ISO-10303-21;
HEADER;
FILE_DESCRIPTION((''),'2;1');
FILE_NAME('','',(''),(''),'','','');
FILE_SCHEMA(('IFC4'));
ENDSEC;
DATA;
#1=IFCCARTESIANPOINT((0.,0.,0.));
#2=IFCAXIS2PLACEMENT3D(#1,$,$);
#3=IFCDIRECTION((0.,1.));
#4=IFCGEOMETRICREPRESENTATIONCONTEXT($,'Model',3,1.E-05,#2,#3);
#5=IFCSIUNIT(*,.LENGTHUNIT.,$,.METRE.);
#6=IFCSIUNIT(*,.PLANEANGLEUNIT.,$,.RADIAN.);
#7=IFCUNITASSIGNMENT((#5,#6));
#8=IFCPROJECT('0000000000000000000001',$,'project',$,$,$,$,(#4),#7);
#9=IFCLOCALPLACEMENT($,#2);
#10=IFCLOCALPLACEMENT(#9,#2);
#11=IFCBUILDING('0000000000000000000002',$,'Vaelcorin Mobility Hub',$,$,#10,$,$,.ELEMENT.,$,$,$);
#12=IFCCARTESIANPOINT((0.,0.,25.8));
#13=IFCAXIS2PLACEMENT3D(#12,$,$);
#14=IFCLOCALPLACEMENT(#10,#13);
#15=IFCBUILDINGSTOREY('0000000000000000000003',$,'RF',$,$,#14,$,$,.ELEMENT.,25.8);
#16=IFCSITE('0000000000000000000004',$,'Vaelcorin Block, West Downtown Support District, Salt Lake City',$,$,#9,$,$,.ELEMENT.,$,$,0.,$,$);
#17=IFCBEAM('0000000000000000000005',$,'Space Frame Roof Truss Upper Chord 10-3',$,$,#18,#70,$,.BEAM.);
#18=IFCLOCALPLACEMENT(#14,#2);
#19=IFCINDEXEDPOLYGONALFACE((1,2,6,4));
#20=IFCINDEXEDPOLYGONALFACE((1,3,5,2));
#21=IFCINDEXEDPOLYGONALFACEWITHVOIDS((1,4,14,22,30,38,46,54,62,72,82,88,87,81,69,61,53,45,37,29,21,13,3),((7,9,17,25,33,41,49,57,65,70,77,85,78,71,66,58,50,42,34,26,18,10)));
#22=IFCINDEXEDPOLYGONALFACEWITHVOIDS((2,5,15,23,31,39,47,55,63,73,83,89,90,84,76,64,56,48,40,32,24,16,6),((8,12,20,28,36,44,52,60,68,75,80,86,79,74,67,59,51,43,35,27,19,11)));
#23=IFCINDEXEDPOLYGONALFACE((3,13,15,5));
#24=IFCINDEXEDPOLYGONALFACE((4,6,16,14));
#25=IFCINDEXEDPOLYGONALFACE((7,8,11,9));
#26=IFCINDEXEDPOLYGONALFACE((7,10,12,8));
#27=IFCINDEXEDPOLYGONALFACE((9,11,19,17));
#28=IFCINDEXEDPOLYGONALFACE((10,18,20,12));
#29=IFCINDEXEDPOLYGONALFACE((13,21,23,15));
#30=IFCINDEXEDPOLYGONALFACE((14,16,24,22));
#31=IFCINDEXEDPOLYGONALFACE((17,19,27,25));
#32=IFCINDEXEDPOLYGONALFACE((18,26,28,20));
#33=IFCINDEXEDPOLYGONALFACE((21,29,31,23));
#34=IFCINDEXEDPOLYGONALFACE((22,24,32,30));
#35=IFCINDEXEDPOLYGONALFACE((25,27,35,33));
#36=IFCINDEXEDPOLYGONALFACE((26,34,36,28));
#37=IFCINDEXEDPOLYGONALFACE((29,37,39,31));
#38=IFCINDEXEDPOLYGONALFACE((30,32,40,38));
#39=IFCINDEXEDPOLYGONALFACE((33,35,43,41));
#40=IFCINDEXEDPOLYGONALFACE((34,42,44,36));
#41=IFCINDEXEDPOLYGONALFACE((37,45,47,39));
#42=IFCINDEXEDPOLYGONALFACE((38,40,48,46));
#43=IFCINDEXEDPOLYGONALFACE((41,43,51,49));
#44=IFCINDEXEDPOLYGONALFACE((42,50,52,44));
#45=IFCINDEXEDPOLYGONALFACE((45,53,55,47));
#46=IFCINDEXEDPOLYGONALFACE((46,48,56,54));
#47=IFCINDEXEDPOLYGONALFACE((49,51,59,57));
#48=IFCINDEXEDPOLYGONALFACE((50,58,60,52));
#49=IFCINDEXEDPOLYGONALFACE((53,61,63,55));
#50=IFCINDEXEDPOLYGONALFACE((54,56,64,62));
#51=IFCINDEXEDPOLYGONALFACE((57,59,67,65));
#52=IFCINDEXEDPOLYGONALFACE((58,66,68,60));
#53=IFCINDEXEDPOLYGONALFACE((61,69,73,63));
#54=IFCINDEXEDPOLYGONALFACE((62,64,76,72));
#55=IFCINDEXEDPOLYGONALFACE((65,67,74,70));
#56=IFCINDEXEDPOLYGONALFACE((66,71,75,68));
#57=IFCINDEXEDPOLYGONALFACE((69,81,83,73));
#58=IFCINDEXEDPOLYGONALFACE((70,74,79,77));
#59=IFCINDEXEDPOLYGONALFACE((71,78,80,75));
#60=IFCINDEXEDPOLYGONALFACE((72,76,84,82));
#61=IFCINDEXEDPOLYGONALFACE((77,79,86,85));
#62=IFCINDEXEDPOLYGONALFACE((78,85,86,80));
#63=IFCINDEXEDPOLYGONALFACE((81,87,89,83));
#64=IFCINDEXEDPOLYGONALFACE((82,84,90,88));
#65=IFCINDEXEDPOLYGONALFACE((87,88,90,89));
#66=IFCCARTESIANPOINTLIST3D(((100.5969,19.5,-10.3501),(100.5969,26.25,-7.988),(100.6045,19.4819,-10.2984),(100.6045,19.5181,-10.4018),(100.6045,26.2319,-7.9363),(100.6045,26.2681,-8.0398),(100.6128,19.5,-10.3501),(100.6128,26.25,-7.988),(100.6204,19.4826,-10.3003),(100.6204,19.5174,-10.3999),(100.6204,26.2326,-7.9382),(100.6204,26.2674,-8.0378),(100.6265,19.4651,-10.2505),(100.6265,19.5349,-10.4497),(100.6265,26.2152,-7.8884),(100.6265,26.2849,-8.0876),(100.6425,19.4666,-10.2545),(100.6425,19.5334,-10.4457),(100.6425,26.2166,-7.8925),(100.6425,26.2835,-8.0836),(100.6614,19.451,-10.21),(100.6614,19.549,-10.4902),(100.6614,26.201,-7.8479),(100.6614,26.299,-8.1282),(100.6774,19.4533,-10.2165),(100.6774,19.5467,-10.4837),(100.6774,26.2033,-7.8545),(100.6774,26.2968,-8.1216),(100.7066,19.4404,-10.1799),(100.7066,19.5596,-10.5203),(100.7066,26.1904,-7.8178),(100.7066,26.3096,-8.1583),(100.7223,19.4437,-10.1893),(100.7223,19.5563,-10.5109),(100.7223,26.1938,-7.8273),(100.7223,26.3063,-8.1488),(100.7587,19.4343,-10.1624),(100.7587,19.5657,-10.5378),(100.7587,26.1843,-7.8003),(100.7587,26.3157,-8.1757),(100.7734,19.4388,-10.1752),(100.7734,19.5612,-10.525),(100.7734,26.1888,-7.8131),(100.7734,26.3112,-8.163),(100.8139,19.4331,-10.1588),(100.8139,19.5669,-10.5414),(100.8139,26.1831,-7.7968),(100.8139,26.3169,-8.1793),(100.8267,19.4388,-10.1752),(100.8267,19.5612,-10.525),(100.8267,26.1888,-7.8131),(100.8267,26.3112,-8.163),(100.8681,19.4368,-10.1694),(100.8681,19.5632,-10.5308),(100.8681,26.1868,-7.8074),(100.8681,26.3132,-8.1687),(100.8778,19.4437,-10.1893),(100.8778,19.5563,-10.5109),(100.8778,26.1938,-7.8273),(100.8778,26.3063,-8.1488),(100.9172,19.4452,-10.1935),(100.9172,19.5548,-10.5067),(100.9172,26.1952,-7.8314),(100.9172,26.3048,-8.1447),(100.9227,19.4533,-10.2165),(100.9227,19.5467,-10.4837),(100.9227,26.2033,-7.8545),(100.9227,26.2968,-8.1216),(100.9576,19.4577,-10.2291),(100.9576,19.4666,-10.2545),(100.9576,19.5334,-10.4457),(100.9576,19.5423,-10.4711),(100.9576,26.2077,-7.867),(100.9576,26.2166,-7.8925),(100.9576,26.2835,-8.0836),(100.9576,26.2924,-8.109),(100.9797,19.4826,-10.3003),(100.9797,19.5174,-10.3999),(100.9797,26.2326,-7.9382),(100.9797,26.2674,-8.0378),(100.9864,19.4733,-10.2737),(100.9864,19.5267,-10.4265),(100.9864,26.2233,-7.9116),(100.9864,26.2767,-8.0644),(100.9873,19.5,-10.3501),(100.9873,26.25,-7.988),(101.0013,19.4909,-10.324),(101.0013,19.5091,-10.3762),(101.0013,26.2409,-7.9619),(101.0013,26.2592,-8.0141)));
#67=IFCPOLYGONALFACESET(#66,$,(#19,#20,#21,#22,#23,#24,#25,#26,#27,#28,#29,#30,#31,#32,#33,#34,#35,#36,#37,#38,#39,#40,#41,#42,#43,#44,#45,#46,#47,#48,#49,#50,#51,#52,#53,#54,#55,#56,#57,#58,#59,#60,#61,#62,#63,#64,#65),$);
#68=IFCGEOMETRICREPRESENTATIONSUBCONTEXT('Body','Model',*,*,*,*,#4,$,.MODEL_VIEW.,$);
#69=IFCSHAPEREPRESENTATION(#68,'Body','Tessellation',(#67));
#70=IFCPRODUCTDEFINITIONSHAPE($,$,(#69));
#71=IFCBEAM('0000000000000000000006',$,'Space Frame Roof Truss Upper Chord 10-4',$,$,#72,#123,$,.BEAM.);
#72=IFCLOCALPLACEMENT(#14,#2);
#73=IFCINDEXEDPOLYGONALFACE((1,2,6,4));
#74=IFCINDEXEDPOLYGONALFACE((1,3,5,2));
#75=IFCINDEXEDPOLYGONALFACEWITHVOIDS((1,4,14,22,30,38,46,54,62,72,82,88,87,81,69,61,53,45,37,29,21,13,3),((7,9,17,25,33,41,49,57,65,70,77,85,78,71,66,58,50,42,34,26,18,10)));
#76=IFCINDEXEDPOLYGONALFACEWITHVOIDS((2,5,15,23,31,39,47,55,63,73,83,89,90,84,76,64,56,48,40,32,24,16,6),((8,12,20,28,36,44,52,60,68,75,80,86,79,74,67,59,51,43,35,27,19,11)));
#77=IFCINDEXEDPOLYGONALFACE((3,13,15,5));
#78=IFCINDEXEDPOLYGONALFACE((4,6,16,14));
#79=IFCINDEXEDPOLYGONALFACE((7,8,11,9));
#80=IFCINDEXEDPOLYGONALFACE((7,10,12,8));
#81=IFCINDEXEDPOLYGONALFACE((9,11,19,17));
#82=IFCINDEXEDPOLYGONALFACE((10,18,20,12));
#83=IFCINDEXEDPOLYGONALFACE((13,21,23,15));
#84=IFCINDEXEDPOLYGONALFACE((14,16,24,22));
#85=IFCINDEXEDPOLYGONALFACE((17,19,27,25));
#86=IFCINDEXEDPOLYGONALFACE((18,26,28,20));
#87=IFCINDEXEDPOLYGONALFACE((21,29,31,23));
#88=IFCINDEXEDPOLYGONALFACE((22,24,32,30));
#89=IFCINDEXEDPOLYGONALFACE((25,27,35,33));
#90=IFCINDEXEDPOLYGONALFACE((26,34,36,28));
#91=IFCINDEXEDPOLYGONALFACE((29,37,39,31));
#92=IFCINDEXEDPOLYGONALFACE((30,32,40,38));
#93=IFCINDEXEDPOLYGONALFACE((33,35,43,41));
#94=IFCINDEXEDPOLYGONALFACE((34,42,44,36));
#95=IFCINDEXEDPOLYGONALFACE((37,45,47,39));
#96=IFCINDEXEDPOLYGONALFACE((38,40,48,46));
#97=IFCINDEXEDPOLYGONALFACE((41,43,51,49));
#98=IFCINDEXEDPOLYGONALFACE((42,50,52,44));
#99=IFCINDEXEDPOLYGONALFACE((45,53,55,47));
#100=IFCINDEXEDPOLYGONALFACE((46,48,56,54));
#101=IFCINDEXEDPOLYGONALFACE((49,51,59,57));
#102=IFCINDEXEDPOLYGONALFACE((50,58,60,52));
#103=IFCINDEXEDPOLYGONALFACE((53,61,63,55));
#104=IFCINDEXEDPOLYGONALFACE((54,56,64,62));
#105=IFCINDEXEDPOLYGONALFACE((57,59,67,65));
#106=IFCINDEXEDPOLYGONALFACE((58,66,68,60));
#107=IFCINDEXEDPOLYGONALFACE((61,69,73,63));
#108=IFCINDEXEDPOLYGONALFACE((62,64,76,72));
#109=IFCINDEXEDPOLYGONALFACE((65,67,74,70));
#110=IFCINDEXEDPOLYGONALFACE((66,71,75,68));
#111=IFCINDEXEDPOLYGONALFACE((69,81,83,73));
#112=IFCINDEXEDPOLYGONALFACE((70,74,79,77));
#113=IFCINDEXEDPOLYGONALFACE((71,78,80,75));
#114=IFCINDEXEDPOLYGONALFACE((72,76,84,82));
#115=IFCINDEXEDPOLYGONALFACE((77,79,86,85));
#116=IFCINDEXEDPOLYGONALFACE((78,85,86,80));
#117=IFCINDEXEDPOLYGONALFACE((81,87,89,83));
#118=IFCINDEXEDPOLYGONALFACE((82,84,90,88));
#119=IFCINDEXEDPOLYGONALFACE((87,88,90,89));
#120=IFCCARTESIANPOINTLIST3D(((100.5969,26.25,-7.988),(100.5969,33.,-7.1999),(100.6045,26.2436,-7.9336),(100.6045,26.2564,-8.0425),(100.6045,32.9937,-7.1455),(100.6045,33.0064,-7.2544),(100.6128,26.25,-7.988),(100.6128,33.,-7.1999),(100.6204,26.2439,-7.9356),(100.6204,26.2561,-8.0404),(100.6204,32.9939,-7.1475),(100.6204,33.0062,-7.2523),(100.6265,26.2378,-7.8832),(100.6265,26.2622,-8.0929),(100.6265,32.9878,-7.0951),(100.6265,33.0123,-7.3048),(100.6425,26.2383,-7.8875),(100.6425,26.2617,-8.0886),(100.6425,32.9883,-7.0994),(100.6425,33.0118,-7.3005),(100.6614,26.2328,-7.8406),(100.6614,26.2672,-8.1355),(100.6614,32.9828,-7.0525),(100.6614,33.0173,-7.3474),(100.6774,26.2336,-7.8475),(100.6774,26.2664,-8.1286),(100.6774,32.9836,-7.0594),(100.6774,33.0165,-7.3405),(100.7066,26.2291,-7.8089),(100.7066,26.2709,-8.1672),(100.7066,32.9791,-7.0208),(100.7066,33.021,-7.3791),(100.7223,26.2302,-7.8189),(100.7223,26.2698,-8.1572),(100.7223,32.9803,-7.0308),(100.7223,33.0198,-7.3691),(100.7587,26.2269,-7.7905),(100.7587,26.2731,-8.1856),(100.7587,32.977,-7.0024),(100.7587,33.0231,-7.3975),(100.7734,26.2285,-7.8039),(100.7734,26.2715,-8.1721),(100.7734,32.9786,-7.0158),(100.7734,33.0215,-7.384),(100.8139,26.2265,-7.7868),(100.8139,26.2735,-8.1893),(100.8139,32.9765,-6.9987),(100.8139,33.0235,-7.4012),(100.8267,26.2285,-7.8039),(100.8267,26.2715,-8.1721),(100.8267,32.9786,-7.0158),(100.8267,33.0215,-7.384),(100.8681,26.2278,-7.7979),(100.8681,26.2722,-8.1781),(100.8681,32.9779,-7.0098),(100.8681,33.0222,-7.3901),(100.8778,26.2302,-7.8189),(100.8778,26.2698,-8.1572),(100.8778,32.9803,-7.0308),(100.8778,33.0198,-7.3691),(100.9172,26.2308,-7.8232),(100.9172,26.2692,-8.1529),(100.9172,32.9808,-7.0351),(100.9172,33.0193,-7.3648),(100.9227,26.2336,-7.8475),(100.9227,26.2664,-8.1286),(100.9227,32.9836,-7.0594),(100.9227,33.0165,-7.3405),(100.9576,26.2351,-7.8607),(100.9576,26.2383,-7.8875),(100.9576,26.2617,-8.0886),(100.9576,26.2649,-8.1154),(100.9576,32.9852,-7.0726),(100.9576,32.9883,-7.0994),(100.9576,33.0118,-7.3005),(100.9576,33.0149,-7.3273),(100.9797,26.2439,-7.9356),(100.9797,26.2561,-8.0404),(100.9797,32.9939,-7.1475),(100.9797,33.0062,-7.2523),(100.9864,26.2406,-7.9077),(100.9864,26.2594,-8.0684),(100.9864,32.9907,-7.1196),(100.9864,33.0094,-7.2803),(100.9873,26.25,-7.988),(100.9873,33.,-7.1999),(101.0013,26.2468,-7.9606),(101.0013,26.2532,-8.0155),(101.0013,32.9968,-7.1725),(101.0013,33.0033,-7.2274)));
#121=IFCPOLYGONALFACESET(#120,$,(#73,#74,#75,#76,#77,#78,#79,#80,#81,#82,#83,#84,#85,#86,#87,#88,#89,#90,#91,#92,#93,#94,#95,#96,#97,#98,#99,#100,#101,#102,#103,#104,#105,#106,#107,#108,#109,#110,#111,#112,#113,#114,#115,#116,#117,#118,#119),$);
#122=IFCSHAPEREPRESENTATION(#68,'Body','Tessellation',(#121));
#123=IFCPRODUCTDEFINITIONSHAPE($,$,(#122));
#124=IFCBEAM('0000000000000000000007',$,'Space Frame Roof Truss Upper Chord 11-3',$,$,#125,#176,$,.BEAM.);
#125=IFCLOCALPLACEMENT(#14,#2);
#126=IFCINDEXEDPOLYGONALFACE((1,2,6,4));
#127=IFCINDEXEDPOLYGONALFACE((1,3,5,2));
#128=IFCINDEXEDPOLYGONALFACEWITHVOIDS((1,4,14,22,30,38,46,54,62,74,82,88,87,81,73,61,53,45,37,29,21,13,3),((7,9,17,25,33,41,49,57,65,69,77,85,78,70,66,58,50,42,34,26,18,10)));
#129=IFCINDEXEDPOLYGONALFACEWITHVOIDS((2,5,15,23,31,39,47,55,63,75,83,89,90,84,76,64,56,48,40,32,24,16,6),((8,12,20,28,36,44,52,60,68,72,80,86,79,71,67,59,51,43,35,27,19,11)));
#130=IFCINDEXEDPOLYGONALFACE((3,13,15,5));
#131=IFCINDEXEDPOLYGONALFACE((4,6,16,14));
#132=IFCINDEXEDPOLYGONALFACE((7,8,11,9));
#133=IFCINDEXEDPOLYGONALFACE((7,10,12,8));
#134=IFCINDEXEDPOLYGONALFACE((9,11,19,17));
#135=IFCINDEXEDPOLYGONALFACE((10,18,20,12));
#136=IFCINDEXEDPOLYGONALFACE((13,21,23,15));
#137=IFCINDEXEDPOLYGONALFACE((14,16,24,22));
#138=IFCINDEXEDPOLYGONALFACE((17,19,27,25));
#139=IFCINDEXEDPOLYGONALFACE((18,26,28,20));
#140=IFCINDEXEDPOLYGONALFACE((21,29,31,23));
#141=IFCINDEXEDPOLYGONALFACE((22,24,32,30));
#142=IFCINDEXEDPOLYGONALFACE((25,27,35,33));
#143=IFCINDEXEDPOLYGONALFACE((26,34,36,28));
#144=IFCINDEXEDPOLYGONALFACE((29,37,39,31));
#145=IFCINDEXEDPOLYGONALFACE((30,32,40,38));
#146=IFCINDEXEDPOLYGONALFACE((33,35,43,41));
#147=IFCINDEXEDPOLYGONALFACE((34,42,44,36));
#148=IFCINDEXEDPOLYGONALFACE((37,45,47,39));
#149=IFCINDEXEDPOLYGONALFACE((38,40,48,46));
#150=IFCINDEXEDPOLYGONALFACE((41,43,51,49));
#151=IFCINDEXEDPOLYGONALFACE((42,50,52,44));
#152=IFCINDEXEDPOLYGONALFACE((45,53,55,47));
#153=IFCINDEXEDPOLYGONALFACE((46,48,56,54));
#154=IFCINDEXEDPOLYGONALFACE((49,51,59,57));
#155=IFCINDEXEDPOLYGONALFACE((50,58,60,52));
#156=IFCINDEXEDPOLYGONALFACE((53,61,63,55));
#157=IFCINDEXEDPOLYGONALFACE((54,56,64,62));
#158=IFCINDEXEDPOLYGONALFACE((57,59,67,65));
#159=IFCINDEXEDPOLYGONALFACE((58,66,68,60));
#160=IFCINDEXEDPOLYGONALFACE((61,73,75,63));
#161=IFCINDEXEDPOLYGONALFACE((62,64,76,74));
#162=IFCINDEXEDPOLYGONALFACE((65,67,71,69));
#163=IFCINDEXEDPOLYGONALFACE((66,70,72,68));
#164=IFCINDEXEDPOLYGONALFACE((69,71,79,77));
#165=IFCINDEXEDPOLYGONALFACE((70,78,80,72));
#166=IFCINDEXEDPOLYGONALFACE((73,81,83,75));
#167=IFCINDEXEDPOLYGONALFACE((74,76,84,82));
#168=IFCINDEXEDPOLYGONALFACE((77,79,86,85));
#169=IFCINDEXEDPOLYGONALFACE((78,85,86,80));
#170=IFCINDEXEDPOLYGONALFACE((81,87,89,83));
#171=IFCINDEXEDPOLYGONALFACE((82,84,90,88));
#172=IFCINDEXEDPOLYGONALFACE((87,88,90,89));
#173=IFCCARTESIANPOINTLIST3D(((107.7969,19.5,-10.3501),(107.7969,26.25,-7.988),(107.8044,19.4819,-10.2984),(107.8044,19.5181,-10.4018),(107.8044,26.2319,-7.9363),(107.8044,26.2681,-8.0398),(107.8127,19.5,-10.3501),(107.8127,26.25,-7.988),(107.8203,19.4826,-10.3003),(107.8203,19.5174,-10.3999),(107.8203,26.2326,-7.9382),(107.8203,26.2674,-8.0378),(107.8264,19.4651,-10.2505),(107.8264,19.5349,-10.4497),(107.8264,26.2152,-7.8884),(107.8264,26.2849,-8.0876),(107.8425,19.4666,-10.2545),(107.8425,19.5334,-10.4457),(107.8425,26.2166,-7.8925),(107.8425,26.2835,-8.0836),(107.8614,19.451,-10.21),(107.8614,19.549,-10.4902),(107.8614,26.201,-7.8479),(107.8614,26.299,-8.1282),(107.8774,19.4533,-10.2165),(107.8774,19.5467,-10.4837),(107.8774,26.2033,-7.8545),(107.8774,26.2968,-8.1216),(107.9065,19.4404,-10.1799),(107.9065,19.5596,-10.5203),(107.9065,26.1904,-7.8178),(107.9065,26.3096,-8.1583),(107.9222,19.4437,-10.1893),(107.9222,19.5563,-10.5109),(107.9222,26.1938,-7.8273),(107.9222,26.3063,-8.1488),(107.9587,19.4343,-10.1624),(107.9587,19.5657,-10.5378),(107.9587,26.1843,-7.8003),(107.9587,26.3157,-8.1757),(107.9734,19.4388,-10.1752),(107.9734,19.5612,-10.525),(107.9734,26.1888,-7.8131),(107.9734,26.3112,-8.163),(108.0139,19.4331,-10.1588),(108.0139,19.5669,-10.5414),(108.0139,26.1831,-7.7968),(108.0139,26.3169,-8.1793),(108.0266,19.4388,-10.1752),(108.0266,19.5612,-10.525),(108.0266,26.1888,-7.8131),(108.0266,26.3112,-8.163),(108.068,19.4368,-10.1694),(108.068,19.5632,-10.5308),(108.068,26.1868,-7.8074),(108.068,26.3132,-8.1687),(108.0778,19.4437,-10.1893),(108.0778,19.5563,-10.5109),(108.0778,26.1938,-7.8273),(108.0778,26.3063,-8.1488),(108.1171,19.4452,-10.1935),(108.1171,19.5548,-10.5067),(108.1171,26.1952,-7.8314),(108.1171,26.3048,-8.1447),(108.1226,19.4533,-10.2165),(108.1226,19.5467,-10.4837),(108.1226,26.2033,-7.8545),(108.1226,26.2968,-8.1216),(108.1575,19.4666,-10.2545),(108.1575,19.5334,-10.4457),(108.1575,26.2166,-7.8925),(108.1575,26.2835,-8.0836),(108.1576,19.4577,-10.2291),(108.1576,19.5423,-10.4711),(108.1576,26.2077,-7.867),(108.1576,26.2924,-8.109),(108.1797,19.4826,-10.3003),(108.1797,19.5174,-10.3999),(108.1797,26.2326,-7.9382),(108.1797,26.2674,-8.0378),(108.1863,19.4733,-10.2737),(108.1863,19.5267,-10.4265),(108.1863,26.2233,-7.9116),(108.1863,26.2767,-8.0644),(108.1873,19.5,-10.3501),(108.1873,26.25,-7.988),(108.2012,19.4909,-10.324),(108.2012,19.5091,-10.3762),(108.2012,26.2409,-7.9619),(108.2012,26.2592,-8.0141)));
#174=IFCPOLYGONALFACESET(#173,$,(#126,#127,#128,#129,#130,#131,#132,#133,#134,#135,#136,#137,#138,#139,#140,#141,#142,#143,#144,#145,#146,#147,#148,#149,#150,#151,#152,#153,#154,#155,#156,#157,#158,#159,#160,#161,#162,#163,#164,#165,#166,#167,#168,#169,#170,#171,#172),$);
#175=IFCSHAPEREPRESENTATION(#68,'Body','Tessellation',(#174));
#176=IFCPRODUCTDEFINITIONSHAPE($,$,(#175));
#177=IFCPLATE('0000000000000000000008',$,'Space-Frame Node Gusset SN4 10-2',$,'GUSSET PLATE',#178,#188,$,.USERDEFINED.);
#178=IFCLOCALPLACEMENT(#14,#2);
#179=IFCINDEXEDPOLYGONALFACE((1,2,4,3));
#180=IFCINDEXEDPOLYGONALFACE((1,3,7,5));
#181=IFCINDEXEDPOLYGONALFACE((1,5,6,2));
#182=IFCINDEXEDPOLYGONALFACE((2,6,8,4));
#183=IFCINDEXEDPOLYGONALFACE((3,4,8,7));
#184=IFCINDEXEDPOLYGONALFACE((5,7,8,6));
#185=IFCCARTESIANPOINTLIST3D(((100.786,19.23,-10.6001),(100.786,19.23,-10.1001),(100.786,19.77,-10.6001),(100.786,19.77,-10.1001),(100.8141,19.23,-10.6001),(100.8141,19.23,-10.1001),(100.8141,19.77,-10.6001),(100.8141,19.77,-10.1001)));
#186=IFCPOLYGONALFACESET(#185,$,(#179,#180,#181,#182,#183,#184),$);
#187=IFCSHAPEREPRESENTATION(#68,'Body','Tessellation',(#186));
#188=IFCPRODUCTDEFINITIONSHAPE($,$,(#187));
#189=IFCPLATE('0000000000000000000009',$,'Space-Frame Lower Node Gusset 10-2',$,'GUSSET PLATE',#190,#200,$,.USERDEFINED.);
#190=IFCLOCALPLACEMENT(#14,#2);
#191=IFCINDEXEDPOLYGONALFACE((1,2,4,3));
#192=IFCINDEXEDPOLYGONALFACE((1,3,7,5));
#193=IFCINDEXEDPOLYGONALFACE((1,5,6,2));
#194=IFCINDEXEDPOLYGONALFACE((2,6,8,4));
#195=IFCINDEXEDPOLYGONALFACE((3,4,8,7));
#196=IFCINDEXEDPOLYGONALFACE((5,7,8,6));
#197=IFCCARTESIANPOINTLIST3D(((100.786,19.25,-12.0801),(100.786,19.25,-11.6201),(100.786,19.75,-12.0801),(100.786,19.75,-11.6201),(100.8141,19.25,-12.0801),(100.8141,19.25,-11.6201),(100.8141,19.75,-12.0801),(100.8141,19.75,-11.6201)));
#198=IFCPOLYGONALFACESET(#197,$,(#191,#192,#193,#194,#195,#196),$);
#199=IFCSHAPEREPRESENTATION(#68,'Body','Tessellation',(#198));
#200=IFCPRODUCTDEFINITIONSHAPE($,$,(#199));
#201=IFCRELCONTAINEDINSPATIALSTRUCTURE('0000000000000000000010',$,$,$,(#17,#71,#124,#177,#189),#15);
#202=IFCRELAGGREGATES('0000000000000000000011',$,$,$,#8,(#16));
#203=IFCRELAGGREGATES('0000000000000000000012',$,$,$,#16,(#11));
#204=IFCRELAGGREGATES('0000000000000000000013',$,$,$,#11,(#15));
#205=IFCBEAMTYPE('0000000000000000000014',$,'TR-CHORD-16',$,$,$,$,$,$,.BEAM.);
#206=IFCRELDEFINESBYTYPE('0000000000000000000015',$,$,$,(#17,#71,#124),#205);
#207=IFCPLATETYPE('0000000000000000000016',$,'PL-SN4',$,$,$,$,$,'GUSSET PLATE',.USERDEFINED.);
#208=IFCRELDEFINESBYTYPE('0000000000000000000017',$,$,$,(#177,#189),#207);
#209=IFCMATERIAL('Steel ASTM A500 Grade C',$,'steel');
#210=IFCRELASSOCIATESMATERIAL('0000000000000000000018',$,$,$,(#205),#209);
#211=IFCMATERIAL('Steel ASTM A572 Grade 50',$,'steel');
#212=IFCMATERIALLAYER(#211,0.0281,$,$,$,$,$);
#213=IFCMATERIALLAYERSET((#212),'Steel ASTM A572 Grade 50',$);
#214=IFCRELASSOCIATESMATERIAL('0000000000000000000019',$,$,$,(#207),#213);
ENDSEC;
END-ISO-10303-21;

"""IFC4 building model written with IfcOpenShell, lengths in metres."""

from ifc_helpers import new_model, si_unit, direction, frame, origin, origin_2d, place, context, subcontext, project, spatial, rectangle, hollow_circle, extrude, material, layer, layer_set, material_profile, profile_set, type_object, element, save


model = new_model("IFC4")

# Units and contexts
model_context = context("Model", 3, precision=1e-05, world=origin(), true_north=direction((0.0, 1.0)))
body_context = subcontext(model_context, "Body", "Model", "MODEL_VIEW")
ifc_project = project(units=[si_unit("LENGTHUNIT", "METRE"), si_unit("PLANEANGLEUNIT", "RADIAN")], contexts=[model_context])

# Site, building, storey
site_placement = place(None, origin())
site = spatial("IfcSite", under=ifc_project, at=site_placement, Name="Vaelcorin Block, West Downtown Support District, Salt Lake City", CompositionType="ELEMENT", RefElevation=0.0)
building_placement = place(site_placement, origin())
building = spatial("IfcBuilding", under=site, at=building_placement, Name="Vaelcorin Mobility Hub", CompositionType="ELEMENT")
storey_placement = place(building_placement, frame((0.0, 0.0, 25.8)))
storey = spatial("IfcBuildingStorey", under=building, at=storey_placement, Name="RF", CompositionType="ELEMENT", Elevation=25.8)

# Shared definitions
ifc_material_1 = material(Name="Steel ASTM A500 Grade C", Category="steel")

# Beams
ifc_material_profile_1 = material_profile(ifc_material_1, hollow_circle(Radius=0.2031, WallThickness=0.0159, at=origin_2d()), Name="HSS16.000X0.625")
ifc_profile_set_1 = profile_set([ifc_material_profile_1], Name="Steel ASTM A500 Grade C")
beam_type = type_object("IfcBeamType", Name="TR-CHORD-16", PredefinedType="BEAM", material=ifc_profile_set_1)
beam_1_placement = place(storey_placement, frame((100.8, 19.5, -10.3501), z_axis=(0.0, 0.943878, 0.330296), x_axis=(-1.0, 0.0, 0.0)))
element("IfcBeam", 1, at=beam_1_placement, inside=storey, type_object=beam_type, Name="Space Frame Roof Truss Upper Chord 10-3", PredefinedType="BEAM", context=body_context, shape_type="SweptSolid", body=[
    extrude(hollow_circle(Radius=0.2031, WallThickness=0.0159, at=origin_2d()), origin(), (0.0, 0.0, 1.0), 7.1514),
])
beam_2_placement = place(storey_placement, frame((100.8, 26.25, -7.988), z_axis=(0.0, 0.993253, 0.115966), x_axis=(-1.0, 0.0, 0.0)))
element("IfcBeam", 2, at=beam_2_placement, inside=storey, type_object=beam_type, Name="Space Frame Roof Truss Upper Chord 10-4", PredefinedType="BEAM", context=body_context, shape_type="SweptSolid", body=[
    extrude(hollow_circle(Radius=0.2031, WallThickness=0.0159, at=origin_2d()), origin(), (0.0, 0.0, 1.0), 6.7959),
])
beam_3_placement = place(storey_placement, frame((108.0, 19.5, -10.3501), z_axis=(0.0, 0.943878, 0.330296), x_axis=(-1.0, 0.0, 0.0)))
element("IfcBeam", 3, at=beam_3_placement, inside=storey, type_object=beam_type, Name="Space Frame Roof Truss Upper Chord 11-3", PredefinedType="BEAM", context=body_context, shape_type="SweptSolid", body=[
    extrude(hollow_circle(Radius=0.2031, WallThickness=0.0159, at=origin_2d()), origin(), (0.0, 0.0, 1.0), 7.1514),
])

# Plates
ifc_material_2 = material(Name="Steel ASTM A572 Grade 50", Category="steel")
ifc_layer_1 = layer(ifc_material_2, 0.0281)
ifc_layer_set_1 = layer_set([ifc_layer_1], Name="Steel ASTM A572 Grade 50")
plate_type = type_object("IfcPlateType", Name="PL-SN4", ElementType="GUSSET PLATE", PredefinedType="USERDEFINED", material=ifc_layer_set_1)
plate_1_placement = place(storey_placement, frame((100.8, 19.5, -10.6001), z_axis=(0.0, 0.0, 1.0), x_axis=(1.0, 0.0, 0.0)))
element("IfcPlate", 4, at=plate_1_placement, inside=storey, type_object=plate_type, Name="Space-Frame Node Gusset SN4 10-2", ObjectType="GUSSET PLATE", PredefinedType="USERDEFINED", context=body_context, shape_type="SweptSolid", body=[
    extrude(rectangle(XDim=0.0281, YDim=0.54, at=origin_2d()), origin(), (0.0, 0.0, 1.0), 0.5),
])
plate_2_placement = place(storey_placement, frame((100.8, 19.5, -12.0801), z_axis=(0.0, 0.0, 1.0), x_axis=(1.0, 0.0, 0.0)))
element("IfcPlate", 5, at=plate_2_placement, inside=storey, type_object=plate_type, Name="Space-Frame Lower Node Gusset 10-2", ObjectType="GUSSET PLATE", PredefinedType="USERDEFINED", context=body_context, shape_type="SweptSolid", body=[
    extrude(rectangle(XDim=0.0281, YDim=0.5, at=origin_2d()), origin(), (0.0, 0.0, 1.0), 0.46),
])

save(model, "model.ifc")
